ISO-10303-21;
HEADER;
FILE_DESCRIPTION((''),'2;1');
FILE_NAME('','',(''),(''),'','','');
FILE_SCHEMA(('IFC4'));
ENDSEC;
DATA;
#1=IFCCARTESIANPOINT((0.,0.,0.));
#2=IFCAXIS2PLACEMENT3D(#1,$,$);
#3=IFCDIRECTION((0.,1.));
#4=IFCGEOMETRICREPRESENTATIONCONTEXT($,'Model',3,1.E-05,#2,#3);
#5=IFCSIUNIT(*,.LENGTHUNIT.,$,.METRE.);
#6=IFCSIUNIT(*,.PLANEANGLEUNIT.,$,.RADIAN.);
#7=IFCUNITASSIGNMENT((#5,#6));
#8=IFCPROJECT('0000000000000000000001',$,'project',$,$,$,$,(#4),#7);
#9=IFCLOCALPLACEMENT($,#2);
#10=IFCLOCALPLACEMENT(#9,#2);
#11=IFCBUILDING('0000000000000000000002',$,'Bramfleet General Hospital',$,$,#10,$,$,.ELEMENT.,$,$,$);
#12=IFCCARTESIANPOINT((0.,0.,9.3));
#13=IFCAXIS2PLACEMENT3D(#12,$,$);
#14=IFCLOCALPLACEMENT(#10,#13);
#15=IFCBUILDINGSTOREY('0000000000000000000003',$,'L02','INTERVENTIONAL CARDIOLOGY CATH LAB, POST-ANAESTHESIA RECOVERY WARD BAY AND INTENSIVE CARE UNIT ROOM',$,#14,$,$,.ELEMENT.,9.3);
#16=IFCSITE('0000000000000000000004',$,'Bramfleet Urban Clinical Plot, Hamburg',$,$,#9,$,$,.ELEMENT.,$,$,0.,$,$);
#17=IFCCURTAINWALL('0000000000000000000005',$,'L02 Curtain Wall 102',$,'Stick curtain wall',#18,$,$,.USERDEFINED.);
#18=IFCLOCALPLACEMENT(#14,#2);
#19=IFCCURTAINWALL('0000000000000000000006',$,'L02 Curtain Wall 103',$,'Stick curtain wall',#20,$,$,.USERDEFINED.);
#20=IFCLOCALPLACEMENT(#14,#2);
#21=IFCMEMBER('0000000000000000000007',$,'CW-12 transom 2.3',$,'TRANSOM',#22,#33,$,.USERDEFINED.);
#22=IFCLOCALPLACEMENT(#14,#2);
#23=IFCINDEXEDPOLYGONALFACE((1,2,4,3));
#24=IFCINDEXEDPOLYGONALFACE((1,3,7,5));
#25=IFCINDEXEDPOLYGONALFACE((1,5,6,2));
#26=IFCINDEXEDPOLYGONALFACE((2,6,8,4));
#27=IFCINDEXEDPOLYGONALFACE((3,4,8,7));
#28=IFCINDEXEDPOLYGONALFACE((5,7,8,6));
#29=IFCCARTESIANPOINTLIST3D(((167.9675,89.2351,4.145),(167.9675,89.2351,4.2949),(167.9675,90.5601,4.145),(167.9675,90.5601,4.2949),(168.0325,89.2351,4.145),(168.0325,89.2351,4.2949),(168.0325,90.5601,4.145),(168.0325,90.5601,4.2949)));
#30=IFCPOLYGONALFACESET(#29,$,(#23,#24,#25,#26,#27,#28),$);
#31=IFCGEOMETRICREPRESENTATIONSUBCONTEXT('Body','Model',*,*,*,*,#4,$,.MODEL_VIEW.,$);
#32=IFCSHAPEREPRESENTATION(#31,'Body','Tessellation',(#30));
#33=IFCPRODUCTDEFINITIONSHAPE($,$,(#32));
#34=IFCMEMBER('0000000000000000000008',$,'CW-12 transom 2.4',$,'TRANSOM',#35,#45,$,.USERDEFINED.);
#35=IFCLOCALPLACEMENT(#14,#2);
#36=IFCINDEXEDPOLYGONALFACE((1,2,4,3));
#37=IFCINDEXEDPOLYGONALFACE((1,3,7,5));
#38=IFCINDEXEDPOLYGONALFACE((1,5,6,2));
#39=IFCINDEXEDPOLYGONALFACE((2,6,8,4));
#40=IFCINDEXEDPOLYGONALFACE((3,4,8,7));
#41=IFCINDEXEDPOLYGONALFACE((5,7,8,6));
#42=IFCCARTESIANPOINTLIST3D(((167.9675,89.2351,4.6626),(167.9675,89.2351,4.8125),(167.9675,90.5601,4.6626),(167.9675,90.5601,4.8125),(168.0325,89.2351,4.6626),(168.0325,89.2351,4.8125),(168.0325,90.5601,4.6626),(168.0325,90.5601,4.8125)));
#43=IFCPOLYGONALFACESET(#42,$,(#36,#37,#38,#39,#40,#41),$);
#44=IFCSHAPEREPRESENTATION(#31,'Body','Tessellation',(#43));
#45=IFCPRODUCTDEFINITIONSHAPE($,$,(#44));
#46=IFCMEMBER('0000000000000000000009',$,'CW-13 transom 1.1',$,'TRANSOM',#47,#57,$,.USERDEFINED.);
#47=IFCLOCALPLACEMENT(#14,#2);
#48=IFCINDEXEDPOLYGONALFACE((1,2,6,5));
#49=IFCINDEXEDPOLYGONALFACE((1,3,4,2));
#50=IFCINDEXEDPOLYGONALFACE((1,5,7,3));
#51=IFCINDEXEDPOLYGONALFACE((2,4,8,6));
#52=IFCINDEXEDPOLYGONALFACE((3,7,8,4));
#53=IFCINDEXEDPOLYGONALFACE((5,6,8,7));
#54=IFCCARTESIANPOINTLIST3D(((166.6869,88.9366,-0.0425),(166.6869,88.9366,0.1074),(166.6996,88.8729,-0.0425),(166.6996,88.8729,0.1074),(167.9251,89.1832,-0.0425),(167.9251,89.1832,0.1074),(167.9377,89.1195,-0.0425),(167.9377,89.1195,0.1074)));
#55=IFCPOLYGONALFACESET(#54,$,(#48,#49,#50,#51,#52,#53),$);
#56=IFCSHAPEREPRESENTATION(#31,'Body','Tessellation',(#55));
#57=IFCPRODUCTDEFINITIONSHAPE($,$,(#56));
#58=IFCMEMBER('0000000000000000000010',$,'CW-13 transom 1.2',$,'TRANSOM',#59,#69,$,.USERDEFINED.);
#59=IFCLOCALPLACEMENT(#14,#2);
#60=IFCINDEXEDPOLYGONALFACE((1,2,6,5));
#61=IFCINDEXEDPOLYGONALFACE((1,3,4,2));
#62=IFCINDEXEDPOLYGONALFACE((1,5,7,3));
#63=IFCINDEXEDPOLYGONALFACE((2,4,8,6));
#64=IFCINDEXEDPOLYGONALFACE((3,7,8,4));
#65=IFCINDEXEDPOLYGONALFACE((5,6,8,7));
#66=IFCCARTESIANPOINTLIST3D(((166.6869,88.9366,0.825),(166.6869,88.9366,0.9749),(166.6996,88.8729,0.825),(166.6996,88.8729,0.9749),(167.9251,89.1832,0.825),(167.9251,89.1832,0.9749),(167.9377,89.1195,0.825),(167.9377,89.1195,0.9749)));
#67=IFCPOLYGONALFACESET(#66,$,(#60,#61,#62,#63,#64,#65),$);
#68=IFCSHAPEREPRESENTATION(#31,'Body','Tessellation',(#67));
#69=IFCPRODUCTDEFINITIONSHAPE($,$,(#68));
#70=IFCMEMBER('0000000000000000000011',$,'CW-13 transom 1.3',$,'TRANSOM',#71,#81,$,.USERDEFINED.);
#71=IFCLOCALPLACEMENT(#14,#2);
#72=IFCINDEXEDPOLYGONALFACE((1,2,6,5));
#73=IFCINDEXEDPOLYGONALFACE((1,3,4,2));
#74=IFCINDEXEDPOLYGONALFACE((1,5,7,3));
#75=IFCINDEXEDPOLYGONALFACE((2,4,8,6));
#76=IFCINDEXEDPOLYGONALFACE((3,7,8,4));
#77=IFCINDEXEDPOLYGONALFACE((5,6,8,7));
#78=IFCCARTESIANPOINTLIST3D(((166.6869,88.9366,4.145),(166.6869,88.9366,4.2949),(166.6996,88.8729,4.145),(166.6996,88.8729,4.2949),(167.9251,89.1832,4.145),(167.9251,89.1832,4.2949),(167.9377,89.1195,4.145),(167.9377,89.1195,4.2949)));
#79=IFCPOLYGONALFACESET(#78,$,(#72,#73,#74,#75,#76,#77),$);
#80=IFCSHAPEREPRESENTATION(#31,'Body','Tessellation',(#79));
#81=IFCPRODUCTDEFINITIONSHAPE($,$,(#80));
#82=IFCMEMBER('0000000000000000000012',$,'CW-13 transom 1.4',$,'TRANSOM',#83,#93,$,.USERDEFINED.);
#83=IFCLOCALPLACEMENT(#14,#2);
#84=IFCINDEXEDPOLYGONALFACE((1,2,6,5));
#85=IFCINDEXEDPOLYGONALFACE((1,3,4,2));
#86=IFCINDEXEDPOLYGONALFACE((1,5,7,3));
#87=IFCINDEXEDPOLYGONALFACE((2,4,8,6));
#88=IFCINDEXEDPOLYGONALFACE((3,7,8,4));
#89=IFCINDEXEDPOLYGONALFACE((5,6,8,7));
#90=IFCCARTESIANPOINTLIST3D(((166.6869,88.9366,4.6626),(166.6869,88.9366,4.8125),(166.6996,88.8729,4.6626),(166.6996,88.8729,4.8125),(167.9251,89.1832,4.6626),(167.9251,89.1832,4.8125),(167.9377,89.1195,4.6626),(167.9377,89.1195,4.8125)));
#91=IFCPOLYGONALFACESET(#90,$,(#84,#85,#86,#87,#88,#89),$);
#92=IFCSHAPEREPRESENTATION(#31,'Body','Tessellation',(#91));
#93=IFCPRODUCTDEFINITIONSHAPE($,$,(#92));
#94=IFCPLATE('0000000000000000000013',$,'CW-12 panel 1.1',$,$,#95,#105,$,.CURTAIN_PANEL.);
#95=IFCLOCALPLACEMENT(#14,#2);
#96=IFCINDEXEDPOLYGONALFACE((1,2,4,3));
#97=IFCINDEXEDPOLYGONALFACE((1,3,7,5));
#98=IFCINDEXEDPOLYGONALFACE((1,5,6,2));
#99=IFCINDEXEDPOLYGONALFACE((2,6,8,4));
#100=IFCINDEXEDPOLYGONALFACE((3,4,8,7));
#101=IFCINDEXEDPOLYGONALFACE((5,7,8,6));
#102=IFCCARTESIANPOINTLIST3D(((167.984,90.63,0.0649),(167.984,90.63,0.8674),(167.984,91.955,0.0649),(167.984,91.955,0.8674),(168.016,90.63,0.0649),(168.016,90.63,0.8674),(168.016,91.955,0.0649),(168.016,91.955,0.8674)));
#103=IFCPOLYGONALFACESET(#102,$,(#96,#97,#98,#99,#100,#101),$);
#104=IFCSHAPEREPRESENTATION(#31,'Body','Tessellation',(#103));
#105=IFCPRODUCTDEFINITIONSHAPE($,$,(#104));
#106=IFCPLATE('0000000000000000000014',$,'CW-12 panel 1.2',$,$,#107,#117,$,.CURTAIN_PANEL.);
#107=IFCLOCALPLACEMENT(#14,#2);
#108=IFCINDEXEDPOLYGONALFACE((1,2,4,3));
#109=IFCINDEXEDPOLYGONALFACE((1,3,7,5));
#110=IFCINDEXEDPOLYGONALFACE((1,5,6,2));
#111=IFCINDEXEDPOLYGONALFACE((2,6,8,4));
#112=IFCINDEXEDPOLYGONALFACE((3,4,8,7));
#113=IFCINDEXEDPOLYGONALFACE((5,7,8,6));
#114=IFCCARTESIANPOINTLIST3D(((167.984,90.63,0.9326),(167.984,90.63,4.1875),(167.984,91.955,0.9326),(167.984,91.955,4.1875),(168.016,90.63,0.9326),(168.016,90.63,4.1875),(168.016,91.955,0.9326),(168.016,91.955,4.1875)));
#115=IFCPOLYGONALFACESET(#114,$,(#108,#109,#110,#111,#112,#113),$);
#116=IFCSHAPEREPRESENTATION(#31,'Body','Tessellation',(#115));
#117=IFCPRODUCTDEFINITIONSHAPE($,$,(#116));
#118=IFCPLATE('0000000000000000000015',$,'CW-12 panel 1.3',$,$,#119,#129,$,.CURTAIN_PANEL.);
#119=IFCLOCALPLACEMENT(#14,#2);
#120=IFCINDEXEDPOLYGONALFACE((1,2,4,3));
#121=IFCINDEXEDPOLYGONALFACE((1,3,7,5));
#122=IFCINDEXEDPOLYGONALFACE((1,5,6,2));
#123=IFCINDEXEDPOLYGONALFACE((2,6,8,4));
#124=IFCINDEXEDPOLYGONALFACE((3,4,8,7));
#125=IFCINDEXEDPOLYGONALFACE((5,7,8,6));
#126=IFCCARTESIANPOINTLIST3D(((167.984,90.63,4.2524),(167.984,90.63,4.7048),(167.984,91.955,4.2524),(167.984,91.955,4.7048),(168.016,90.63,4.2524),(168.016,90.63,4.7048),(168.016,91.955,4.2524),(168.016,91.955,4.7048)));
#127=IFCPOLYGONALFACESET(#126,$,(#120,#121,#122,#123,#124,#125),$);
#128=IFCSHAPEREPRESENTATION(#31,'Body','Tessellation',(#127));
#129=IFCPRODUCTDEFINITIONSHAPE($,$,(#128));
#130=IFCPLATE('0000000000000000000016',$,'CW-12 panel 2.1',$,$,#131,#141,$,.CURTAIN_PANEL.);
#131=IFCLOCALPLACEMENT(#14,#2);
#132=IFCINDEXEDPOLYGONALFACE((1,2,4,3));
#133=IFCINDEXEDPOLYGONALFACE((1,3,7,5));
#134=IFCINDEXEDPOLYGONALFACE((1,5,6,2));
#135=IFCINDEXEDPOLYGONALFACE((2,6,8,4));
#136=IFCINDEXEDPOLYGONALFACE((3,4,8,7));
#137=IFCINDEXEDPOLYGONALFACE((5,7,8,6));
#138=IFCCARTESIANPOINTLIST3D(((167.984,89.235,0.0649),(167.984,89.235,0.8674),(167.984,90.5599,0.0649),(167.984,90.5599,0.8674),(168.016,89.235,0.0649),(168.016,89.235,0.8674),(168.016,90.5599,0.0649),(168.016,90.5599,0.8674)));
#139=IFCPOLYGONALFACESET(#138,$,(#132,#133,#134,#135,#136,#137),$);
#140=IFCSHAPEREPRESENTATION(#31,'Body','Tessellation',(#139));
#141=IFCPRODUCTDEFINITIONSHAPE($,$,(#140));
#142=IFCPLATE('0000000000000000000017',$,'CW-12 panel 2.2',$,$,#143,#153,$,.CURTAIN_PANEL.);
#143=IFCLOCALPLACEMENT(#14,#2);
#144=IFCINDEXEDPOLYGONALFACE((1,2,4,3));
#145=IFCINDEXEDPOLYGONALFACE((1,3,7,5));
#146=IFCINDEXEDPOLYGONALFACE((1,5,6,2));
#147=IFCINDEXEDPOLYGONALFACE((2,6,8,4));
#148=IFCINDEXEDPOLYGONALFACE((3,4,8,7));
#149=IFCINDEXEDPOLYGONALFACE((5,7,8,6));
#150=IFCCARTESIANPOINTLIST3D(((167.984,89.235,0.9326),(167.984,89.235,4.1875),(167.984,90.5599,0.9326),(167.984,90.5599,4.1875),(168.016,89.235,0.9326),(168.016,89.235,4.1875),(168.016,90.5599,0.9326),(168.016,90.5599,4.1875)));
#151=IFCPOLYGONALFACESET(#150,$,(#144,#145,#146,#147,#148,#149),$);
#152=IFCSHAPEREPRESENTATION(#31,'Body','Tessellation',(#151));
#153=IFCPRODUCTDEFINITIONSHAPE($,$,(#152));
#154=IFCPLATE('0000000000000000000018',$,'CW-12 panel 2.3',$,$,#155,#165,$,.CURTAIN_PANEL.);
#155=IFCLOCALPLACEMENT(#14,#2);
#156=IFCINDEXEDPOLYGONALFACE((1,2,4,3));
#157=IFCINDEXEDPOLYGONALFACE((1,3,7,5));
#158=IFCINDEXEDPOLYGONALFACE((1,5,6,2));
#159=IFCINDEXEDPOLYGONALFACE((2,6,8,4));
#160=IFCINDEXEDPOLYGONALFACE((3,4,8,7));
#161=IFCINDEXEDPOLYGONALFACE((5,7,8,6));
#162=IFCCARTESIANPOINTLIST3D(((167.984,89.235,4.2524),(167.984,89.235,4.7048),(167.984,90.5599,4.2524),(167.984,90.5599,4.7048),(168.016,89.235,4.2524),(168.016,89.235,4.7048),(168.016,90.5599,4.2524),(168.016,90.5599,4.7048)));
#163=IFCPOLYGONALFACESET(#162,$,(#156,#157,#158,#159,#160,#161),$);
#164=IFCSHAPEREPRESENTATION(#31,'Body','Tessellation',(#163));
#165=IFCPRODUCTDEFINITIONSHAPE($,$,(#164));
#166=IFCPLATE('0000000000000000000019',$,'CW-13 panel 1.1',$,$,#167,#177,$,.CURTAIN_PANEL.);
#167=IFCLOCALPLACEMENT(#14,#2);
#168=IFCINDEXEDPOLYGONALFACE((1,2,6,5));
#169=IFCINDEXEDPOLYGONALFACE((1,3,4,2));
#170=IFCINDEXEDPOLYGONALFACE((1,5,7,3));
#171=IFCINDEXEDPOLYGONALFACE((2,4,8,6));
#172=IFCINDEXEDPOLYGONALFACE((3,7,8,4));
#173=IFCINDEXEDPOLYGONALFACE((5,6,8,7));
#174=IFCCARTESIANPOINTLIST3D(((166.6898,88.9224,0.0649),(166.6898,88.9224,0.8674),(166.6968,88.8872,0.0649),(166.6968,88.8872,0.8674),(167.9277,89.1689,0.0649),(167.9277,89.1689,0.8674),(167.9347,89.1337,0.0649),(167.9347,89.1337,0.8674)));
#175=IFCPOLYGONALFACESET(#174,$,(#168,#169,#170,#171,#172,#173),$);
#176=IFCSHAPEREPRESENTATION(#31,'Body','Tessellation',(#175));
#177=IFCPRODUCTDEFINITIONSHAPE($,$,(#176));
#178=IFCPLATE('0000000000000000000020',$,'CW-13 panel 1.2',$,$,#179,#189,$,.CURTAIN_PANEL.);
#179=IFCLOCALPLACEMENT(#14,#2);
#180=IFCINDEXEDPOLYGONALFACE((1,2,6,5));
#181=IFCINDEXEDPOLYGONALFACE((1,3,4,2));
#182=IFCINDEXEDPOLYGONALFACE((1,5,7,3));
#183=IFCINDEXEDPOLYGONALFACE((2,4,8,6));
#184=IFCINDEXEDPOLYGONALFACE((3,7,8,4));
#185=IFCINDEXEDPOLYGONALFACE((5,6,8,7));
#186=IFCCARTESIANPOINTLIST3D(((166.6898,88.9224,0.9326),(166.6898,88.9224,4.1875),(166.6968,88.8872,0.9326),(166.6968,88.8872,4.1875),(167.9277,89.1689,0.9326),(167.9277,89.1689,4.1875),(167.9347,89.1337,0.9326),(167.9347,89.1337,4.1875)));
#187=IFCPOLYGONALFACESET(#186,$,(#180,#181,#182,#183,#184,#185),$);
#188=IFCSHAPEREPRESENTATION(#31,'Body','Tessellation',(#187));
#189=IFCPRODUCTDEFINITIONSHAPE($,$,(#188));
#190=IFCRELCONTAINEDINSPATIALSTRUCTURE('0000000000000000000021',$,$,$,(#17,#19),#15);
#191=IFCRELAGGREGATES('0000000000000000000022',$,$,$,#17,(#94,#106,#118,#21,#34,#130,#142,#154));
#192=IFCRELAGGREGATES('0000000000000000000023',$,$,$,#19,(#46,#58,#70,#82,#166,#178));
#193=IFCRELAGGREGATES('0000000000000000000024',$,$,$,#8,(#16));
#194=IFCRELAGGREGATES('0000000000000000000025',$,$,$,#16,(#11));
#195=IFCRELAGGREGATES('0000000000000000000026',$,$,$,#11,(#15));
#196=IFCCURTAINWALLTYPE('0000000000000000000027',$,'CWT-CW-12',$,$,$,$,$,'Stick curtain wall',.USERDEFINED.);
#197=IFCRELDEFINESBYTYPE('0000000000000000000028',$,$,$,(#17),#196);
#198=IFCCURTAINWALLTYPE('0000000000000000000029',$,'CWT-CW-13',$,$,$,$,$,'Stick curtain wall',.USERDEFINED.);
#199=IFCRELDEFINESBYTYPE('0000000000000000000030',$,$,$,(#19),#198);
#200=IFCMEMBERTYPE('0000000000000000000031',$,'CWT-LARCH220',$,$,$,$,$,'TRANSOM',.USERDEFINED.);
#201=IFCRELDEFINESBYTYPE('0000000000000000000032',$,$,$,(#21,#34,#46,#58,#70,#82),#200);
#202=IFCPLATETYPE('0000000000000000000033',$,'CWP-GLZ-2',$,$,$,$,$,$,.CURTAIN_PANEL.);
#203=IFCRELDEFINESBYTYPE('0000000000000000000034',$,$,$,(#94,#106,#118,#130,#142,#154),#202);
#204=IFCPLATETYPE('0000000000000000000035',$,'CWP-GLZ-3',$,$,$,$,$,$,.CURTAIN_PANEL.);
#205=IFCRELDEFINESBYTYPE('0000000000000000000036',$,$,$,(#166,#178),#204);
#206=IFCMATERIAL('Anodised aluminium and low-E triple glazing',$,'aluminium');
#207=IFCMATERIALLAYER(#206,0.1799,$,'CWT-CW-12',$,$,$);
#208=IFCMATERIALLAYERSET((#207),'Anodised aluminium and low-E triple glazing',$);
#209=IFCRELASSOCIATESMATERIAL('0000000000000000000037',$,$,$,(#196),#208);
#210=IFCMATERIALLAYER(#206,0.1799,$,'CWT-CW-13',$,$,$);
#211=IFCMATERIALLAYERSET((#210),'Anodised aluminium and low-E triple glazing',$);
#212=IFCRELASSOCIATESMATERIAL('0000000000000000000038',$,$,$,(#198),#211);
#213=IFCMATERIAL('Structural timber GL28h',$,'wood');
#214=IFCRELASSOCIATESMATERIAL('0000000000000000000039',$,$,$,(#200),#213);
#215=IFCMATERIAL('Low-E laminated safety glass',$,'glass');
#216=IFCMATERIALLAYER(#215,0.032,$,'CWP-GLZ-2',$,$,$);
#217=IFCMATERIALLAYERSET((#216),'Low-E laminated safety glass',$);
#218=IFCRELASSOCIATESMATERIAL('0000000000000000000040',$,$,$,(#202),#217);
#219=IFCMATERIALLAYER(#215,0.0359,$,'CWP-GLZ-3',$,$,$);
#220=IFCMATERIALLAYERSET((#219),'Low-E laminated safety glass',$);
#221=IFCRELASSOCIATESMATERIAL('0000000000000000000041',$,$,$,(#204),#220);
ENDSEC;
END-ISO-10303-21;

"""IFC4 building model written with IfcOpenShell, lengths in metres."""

from ifc_helpers import new_model, si_unit, direction, frame, origin, origin_2d, place, context, subcontext, project, spatial, rectangle, extrude, material, layer, layer_set, material_profile, profile_set, type_object, element, aggregate, save


model = new_model("IFC4")

# Units and contexts
model_context = context("Model", 3, precision=1e-05, world=origin(), true_north=direction((0.0, 1.0)))
body_context = subcontext(model_context, "Body", "Model", "MODEL_VIEW")
ifc_project = project(units=[si_unit("LENGTHUNIT", "METRE"), si_unit("PLANEANGLEUNIT", "RADIAN")], contexts=[model_context])

# Site, building, storey
site_placement = place(None, origin())
site = spatial("IfcSite", under=ifc_project, at=site_placement, Name="Bramfleet Urban Clinical Plot, Hamburg", CompositionType="ELEMENT", RefElevation=0.0)
building_placement = place(site_placement, origin())
building = spatial("IfcBuilding", under=site, at=building_placement, Name="Bramfleet General Hospital", CompositionType="ELEMENT")
storey_placement = place(building_placement, frame((0.0, 0.0, 9.3)))
storey = spatial("IfcBuildingStorey", under=building, at=storey_placement, Name="L02", Description="INTERVENTIONAL CARDIOLOGY CATH LAB, POST-ANAESTHESIA RECOVERY WARD BAY AND INTENSIVE CARE UNIT ROOM", CompositionType="ELEMENT", Elevation=9.3)

# Curtain wall
ifc_material_1 = material(Name="Anodised aluminium and low-E triple glazing", Category="aluminium")
ifc_layer_1 = layer(ifc_material_1, 0.1799, Name="CWT-CW-12")
ifc_layer_set_1 = layer_set([ifc_layer_1], Name="Anodised aluminium and low-E triple glazing")
curtain_wall_type_1 = type_object("IfcCurtainWallType", Name="CWT-CW-12", ElementType="Stick curtain wall", PredefinedType="USERDEFINED", material=ifc_layer_set_1)
curtain_wall_1_placement = place(storey_placement, origin())
curtain_wall_1 = element("IfcCurtainWall", 1, at=curtain_wall_1_placement, inside=storey, type_object=curtain_wall_type_1, Name="L02 Curtain Wall 102", ObjectType="Stick curtain wall", PredefinedType="USERDEFINED")
ifc_material_2 = material(Name="Structural timber GL28h", Category="wood")

# Curtain wall
ifc_layer_2 = layer(ifc_material_1, 0.1799, Name="CWT-CW-13")
ifc_layer_set_2 = layer_set([ifc_layer_2], Name="Anodised aluminium and low-E triple glazing")
curtain_wall_type_2 = type_object("IfcCurtainWallType", Name="CWT-CW-13", ElementType="Stick curtain wall", PredefinedType="USERDEFINED", material=ifc_layer_set_2)
curtain_wall_2_placement = place(storey_placement, origin())
curtain_wall_2 = element("IfcCurtainWall", 2, at=curtain_wall_2_placement, inside=storey, type_object=curtain_wall_type_2, Name="L02 Curtain Wall 103", ObjectType="Stick curtain wall", PredefinedType="USERDEFINED")

# Members
ifc_material_profile_1 = material_profile(ifc_material_2, rectangle(XDim=0.0649, YDim=0.1499, at=origin_2d()), Name="LARCH 150x65")
ifc_profile_set_1 = profile_set([ifc_material_profile_1], Name="Structural timber GL28h")
member_type_1 = type_object("IfcMemberType", Name="CWT-LARCH220", ElementType="TRANSOM", PredefinedType="USERDEFINED", material=ifc_profile_set_1)
member_1_placement = place(storey_placement, frame((168.0, 90.5601, 4.22), z_axis=(0.0, -1.0, 0.0), x_axis=(1.0, 0.0, 0.0)))
member_1 = element("IfcMember", 3, at=member_1_placement, type_object=member_type_1, Name="CW-12 transom 2.3", ObjectType="TRANSOM", PredefinedType="USERDEFINED", context=body_context, shape_type="SweptSolid", body=[
    extrude(rectangle(XDim=0.0649, YDim=0.1499, at=origin_2d()), origin(), (0.0, 0.0, 1.0), 1.325),
])
member_2_placement = place(storey_placement, frame((168.0, 90.5601, 4.7375), z_axis=(0.0, -1.0, 0.0), x_axis=(1.0, 0.0, 0.0)))
member_2 = element("IfcMember", 4, at=member_2_placement, type_object=member_type_1, Name="CW-12 transom 2.4", ObjectType="TRANSOM", PredefinedType="USERDEFINED", context=body_context, shape_type="SweptSolid", body=[
    extrude(rectangle(XDim=0.0649, YDim=0.1499, at=origin_2d()), origin(), (0.0, 0.0, 1.0), 1.325),
])
member_3_placement = place(storey_placement, frame((167.9314, 89.1514, 0.0325), z_axis=(-0.980737, -0.195335, 0.0), x_axis=(0.195335, -0.980737, 0.0)))
member_3 = element("IfcMember", 5, at=member_3_placement, type_object=member_type_1, Name="CW-13 transom 1.1", ObjectType="TRANSOM", PredefinedType="USERDEFINED", context=body_context, shape_type="SweptSolid", body=[
    extrude(rectangle(XDim=0.0649, YDim=0.1499, at=origin_2d()), origin(), (0.0, 0.0, 1.0), 1.2625),
])
member_4_placement = place(storey_placement, frame((167.9314, 89.1514, 0.8999), z_axis=(-0.980737, -0.195335, 0.0), x_axis=(0.195335, -0.980737, 0.0)))
member_4 = element("IfcMember", 6, at=member_4_placement, type_object=member_type_1, Name="CW-13 transom 1.2", ObjectType="TRANSOM", PredefinedType="USERDEFINED", context=body_context, shape_type="SweptSolid", body=[
    extrude(rectangle(XDim=0.0649, YDim=0.1499, at=origin_2d()), origin(), (0.0, 0.0, 1.0), 1.2625),
])
member_5_placement = place(storey_placement, frame((167.9314, 89.1514, 4.22), z_axis=(-0.980737, -0.195335, 0.0), x_axis=(0.195335, -0.980737, 0.0)))
member_5 = element("IfcMember", 7, at=member_5_placement, type_object=member_type_1, Name="CW-13 transom 1.3", ObjectType="TRANSOM", PredefinedType="USERDEFINED", context=body_context, shape_type="SweptSolid", body=[
    extrude(rectangle(XDim=0.0649, YDim=0.1499, at=origin_2d()), origin(), (0.0, 0.0, 1.0), 1.2625),
])
member_6_placement = place(storey_placement, frame((167.9314, 89.1514, 4.7375), z_axis=(-0.980737, -0.195335, 0.0), x_axis=(0.195335, -0.980737, 0.0)))
member_6 = element("IfcMember", 8, at=member_6_placement, type_object=member_type_1, Name="CW-13 transom 1.4", ObjectType="TRANSOM", PredefinedType="USERDEFINED", context=body_context, shape_type="SweptSolid", body=[
    extrude(rectangle(XDim=0.0649, YDim=0.1499, at=origin_2d()), origin(), (0.0, 0.0, 1.0), 1.2625),
])

# Plates
ifc_material_3 = material(Name="Low-E laminated safety glass", Category="glass")
ifc_layer_3 = layer(ifc_material_3, 0.032, Name="CWP-GLZ-2")
ifc_layer_set_3 = layer_set([ifc_layer_3], Name="Low-E laminated safety glass")
plate_type_1 = type_object("IfcPlateType", Name="CWP-GLZ-2", PredefinedType="CURTAIN_PANEL", material=ifc_layer_set_3)
plate_1_placement = place(storey_placement, frame((168.0, 91.2925, 0.0649), z_axis=(0.0, 0.0, 1.0), x_axis=(0.0, -1.0, 0.0)))
plate_1 = element("IfcPlate", 9, at=plate_1_placement, type_object=plate_type_1, Name="CW-12 panel 1.1", PredefinedType="CURTAIN_PANEL", context=body_context, shape_type="SweptSolid", body=[
    extrude(rectangle(XDim=1.325, YDim=0.032, at=origin_2d()), origin(), (0.0, 0.0, 1.0), 0.8025),
])
plate_2_placement = place(storey_placement, frame((168.0, 91.2925, 0.9326), z_axis=(0.0, 0.0, 1.0), x_axis=(0.0, -1.0, 0.0)))
plate_2 = element("IfcPlate", 10, at=plate_2_placement, type_object=plate_type_1, Name="CW-12 panel 1.2", PredefinedType="CURTAIN_PANEL", context=body_context, shape_type="SweptSolid", body=[
    extrude(rectangle(XDim=1.325, YDim=0.032, at=origin_2d()), origin(), (0.0, 0.0, 1.0), 3.2549),
])
plate_3_placement = place(storey_placement, frame((168.0, 91.2925, 4.2524), z_axis=(0.0, 0.0, 1.0), x_axis=(0.0, -1.0, 0.0)))
plate_3 = element("IfcPlate", 11, at=plate_3_placement, type_object=plate_type_1, Name="CW-12 panel 1.3", PredefinedType="CURTAIN_PANEL", context=body_context, shape_type="SweptSolid", body=[
    extrude(rectangle(XDim=1.325, YDim=0.032, at=origin_2d()), origin(), (0.0, 0.0, 1.0), 0.4524),
])
plate_4_placement = place(storey_placement, frame((168.0, 89.8975, 0.0649), z_axis=(0.0, 0.0, 1.0), x_axis=(0.0, -1.0, 0.0)))
plate_4 = element("IfcPlate", 12, at=plate_4_placement, type_object=plate_type_1, Name="CW-12 panel 2.1", PredefinedType="CURTAIN_PANEL", context=body_context, shape_type="SweptSolid", body=[
    extrude(rectangle(XDim=1.325, YDim=0.032, at=origin_2d()), origin(), (0.0, 0.0, 1.0), 0.8025),
])
plate_5_placement = place(storey_placement, frame((168.0, 89.8975, 0.9326), z_axis=(0.0, 0.0, 1.0), x_axis=(0.0, -1.0, 0.0)))
plate_5 = element("IfcPlate", 13, at=plate_5_placement, type_object=plate_type_1, Name="CW-12 panel 2.2", PredefinedType="CURTAIN_PANEL", context=body_context, shape_type="SweptSolid", body=[
    extrude(rectangle(XDim=1.325, YDim=0.032, at=origin_2d()), origin(), (0.0, 0.0, 1.0), 3.2549),
])
plate_6_placement = place(storey_placement, frame((168.0, 89.8975, 4.2524), z_axis=(0.0, 0.0, 1.0), x_axis=(0.0, -1.0, 0.0)))
plate_6 = element("IfcPlate", 14, at=plate_6_placement, type_object=plate_type_1, Name="CW-12 panel 2.3", PredefinedType="CURTAIN_PANEL", context=body_context, shape_type="SweptSolid", body=[
    extrude(rectangle(XDim=1.325, YDim=0.032, at=origin_2d()), origin(), (0.0, 0.0, 1.0), 0.4524),
])
aggregate(curtain_wall_1, [plate_1, plate_2, plate_3, member_1, member_2, plate_4, plate_5, plate_6])
ifc_layer_4 = layer(ifc_material_3, 0.0359, Name="CWP-GLZ-3")
ifc_layer_set_4 = layer_set([ifc_layer_4], Name="Low-E laminated safety glass")
plate_type_2 = type_object("IfcPlateType", Name="CWP-GLZ-3", PredefinedType="CURTAIN_PANEL", material=ifc_layer_set_4)
plate_7_placement = place(storey_placement, frame((167.3123, 89.0281, 0.0649), z_axis=(0.0, 0.0, 1.0), x_axis=(-0.980749, -0.195272, 0.0)))
plate_7 = element("IfcPlate", 15, at=plate_7_placement, type_object=plate_type_2, Name="CW-13 panel 1.1", PredefinedType="CURTAIN_PANEL", context=body_context, shape_type="SweptSolid", body=[
    extrude(rectangle(XDim=1.2622, YDim=0.0359, at=origin_2d()), origin(), (0.0, 0.0, 1.0), 0.8025),
])
plate_8_placement = place(storey_placement, frame((167.3123, 89.0281, 0.9326), z_axis=(0.0, 0.0, 1.0), x_axis=(-0.980749, -0.195272, 0.0)))
plate_8 = element("IfcPlate", 16, at=plate_8_placement, type_object=plate_type_2, Name="CW-13 panel 1.2", PredefinedType="CURTAIN_PANEL", context=body_context, shape_type="SweptSolid", body=[
    extrude(rectangle(XDim=1.2622, YDim=0.0359, at=origin_2d()), origin(), (0.0, 0.0, 1.0), 3.2549),
])
aggregate(curtain_wall_2, [member_3, member_4, member_5, member_6, plate_7, plate_8])

save(model, "model.ifc")
